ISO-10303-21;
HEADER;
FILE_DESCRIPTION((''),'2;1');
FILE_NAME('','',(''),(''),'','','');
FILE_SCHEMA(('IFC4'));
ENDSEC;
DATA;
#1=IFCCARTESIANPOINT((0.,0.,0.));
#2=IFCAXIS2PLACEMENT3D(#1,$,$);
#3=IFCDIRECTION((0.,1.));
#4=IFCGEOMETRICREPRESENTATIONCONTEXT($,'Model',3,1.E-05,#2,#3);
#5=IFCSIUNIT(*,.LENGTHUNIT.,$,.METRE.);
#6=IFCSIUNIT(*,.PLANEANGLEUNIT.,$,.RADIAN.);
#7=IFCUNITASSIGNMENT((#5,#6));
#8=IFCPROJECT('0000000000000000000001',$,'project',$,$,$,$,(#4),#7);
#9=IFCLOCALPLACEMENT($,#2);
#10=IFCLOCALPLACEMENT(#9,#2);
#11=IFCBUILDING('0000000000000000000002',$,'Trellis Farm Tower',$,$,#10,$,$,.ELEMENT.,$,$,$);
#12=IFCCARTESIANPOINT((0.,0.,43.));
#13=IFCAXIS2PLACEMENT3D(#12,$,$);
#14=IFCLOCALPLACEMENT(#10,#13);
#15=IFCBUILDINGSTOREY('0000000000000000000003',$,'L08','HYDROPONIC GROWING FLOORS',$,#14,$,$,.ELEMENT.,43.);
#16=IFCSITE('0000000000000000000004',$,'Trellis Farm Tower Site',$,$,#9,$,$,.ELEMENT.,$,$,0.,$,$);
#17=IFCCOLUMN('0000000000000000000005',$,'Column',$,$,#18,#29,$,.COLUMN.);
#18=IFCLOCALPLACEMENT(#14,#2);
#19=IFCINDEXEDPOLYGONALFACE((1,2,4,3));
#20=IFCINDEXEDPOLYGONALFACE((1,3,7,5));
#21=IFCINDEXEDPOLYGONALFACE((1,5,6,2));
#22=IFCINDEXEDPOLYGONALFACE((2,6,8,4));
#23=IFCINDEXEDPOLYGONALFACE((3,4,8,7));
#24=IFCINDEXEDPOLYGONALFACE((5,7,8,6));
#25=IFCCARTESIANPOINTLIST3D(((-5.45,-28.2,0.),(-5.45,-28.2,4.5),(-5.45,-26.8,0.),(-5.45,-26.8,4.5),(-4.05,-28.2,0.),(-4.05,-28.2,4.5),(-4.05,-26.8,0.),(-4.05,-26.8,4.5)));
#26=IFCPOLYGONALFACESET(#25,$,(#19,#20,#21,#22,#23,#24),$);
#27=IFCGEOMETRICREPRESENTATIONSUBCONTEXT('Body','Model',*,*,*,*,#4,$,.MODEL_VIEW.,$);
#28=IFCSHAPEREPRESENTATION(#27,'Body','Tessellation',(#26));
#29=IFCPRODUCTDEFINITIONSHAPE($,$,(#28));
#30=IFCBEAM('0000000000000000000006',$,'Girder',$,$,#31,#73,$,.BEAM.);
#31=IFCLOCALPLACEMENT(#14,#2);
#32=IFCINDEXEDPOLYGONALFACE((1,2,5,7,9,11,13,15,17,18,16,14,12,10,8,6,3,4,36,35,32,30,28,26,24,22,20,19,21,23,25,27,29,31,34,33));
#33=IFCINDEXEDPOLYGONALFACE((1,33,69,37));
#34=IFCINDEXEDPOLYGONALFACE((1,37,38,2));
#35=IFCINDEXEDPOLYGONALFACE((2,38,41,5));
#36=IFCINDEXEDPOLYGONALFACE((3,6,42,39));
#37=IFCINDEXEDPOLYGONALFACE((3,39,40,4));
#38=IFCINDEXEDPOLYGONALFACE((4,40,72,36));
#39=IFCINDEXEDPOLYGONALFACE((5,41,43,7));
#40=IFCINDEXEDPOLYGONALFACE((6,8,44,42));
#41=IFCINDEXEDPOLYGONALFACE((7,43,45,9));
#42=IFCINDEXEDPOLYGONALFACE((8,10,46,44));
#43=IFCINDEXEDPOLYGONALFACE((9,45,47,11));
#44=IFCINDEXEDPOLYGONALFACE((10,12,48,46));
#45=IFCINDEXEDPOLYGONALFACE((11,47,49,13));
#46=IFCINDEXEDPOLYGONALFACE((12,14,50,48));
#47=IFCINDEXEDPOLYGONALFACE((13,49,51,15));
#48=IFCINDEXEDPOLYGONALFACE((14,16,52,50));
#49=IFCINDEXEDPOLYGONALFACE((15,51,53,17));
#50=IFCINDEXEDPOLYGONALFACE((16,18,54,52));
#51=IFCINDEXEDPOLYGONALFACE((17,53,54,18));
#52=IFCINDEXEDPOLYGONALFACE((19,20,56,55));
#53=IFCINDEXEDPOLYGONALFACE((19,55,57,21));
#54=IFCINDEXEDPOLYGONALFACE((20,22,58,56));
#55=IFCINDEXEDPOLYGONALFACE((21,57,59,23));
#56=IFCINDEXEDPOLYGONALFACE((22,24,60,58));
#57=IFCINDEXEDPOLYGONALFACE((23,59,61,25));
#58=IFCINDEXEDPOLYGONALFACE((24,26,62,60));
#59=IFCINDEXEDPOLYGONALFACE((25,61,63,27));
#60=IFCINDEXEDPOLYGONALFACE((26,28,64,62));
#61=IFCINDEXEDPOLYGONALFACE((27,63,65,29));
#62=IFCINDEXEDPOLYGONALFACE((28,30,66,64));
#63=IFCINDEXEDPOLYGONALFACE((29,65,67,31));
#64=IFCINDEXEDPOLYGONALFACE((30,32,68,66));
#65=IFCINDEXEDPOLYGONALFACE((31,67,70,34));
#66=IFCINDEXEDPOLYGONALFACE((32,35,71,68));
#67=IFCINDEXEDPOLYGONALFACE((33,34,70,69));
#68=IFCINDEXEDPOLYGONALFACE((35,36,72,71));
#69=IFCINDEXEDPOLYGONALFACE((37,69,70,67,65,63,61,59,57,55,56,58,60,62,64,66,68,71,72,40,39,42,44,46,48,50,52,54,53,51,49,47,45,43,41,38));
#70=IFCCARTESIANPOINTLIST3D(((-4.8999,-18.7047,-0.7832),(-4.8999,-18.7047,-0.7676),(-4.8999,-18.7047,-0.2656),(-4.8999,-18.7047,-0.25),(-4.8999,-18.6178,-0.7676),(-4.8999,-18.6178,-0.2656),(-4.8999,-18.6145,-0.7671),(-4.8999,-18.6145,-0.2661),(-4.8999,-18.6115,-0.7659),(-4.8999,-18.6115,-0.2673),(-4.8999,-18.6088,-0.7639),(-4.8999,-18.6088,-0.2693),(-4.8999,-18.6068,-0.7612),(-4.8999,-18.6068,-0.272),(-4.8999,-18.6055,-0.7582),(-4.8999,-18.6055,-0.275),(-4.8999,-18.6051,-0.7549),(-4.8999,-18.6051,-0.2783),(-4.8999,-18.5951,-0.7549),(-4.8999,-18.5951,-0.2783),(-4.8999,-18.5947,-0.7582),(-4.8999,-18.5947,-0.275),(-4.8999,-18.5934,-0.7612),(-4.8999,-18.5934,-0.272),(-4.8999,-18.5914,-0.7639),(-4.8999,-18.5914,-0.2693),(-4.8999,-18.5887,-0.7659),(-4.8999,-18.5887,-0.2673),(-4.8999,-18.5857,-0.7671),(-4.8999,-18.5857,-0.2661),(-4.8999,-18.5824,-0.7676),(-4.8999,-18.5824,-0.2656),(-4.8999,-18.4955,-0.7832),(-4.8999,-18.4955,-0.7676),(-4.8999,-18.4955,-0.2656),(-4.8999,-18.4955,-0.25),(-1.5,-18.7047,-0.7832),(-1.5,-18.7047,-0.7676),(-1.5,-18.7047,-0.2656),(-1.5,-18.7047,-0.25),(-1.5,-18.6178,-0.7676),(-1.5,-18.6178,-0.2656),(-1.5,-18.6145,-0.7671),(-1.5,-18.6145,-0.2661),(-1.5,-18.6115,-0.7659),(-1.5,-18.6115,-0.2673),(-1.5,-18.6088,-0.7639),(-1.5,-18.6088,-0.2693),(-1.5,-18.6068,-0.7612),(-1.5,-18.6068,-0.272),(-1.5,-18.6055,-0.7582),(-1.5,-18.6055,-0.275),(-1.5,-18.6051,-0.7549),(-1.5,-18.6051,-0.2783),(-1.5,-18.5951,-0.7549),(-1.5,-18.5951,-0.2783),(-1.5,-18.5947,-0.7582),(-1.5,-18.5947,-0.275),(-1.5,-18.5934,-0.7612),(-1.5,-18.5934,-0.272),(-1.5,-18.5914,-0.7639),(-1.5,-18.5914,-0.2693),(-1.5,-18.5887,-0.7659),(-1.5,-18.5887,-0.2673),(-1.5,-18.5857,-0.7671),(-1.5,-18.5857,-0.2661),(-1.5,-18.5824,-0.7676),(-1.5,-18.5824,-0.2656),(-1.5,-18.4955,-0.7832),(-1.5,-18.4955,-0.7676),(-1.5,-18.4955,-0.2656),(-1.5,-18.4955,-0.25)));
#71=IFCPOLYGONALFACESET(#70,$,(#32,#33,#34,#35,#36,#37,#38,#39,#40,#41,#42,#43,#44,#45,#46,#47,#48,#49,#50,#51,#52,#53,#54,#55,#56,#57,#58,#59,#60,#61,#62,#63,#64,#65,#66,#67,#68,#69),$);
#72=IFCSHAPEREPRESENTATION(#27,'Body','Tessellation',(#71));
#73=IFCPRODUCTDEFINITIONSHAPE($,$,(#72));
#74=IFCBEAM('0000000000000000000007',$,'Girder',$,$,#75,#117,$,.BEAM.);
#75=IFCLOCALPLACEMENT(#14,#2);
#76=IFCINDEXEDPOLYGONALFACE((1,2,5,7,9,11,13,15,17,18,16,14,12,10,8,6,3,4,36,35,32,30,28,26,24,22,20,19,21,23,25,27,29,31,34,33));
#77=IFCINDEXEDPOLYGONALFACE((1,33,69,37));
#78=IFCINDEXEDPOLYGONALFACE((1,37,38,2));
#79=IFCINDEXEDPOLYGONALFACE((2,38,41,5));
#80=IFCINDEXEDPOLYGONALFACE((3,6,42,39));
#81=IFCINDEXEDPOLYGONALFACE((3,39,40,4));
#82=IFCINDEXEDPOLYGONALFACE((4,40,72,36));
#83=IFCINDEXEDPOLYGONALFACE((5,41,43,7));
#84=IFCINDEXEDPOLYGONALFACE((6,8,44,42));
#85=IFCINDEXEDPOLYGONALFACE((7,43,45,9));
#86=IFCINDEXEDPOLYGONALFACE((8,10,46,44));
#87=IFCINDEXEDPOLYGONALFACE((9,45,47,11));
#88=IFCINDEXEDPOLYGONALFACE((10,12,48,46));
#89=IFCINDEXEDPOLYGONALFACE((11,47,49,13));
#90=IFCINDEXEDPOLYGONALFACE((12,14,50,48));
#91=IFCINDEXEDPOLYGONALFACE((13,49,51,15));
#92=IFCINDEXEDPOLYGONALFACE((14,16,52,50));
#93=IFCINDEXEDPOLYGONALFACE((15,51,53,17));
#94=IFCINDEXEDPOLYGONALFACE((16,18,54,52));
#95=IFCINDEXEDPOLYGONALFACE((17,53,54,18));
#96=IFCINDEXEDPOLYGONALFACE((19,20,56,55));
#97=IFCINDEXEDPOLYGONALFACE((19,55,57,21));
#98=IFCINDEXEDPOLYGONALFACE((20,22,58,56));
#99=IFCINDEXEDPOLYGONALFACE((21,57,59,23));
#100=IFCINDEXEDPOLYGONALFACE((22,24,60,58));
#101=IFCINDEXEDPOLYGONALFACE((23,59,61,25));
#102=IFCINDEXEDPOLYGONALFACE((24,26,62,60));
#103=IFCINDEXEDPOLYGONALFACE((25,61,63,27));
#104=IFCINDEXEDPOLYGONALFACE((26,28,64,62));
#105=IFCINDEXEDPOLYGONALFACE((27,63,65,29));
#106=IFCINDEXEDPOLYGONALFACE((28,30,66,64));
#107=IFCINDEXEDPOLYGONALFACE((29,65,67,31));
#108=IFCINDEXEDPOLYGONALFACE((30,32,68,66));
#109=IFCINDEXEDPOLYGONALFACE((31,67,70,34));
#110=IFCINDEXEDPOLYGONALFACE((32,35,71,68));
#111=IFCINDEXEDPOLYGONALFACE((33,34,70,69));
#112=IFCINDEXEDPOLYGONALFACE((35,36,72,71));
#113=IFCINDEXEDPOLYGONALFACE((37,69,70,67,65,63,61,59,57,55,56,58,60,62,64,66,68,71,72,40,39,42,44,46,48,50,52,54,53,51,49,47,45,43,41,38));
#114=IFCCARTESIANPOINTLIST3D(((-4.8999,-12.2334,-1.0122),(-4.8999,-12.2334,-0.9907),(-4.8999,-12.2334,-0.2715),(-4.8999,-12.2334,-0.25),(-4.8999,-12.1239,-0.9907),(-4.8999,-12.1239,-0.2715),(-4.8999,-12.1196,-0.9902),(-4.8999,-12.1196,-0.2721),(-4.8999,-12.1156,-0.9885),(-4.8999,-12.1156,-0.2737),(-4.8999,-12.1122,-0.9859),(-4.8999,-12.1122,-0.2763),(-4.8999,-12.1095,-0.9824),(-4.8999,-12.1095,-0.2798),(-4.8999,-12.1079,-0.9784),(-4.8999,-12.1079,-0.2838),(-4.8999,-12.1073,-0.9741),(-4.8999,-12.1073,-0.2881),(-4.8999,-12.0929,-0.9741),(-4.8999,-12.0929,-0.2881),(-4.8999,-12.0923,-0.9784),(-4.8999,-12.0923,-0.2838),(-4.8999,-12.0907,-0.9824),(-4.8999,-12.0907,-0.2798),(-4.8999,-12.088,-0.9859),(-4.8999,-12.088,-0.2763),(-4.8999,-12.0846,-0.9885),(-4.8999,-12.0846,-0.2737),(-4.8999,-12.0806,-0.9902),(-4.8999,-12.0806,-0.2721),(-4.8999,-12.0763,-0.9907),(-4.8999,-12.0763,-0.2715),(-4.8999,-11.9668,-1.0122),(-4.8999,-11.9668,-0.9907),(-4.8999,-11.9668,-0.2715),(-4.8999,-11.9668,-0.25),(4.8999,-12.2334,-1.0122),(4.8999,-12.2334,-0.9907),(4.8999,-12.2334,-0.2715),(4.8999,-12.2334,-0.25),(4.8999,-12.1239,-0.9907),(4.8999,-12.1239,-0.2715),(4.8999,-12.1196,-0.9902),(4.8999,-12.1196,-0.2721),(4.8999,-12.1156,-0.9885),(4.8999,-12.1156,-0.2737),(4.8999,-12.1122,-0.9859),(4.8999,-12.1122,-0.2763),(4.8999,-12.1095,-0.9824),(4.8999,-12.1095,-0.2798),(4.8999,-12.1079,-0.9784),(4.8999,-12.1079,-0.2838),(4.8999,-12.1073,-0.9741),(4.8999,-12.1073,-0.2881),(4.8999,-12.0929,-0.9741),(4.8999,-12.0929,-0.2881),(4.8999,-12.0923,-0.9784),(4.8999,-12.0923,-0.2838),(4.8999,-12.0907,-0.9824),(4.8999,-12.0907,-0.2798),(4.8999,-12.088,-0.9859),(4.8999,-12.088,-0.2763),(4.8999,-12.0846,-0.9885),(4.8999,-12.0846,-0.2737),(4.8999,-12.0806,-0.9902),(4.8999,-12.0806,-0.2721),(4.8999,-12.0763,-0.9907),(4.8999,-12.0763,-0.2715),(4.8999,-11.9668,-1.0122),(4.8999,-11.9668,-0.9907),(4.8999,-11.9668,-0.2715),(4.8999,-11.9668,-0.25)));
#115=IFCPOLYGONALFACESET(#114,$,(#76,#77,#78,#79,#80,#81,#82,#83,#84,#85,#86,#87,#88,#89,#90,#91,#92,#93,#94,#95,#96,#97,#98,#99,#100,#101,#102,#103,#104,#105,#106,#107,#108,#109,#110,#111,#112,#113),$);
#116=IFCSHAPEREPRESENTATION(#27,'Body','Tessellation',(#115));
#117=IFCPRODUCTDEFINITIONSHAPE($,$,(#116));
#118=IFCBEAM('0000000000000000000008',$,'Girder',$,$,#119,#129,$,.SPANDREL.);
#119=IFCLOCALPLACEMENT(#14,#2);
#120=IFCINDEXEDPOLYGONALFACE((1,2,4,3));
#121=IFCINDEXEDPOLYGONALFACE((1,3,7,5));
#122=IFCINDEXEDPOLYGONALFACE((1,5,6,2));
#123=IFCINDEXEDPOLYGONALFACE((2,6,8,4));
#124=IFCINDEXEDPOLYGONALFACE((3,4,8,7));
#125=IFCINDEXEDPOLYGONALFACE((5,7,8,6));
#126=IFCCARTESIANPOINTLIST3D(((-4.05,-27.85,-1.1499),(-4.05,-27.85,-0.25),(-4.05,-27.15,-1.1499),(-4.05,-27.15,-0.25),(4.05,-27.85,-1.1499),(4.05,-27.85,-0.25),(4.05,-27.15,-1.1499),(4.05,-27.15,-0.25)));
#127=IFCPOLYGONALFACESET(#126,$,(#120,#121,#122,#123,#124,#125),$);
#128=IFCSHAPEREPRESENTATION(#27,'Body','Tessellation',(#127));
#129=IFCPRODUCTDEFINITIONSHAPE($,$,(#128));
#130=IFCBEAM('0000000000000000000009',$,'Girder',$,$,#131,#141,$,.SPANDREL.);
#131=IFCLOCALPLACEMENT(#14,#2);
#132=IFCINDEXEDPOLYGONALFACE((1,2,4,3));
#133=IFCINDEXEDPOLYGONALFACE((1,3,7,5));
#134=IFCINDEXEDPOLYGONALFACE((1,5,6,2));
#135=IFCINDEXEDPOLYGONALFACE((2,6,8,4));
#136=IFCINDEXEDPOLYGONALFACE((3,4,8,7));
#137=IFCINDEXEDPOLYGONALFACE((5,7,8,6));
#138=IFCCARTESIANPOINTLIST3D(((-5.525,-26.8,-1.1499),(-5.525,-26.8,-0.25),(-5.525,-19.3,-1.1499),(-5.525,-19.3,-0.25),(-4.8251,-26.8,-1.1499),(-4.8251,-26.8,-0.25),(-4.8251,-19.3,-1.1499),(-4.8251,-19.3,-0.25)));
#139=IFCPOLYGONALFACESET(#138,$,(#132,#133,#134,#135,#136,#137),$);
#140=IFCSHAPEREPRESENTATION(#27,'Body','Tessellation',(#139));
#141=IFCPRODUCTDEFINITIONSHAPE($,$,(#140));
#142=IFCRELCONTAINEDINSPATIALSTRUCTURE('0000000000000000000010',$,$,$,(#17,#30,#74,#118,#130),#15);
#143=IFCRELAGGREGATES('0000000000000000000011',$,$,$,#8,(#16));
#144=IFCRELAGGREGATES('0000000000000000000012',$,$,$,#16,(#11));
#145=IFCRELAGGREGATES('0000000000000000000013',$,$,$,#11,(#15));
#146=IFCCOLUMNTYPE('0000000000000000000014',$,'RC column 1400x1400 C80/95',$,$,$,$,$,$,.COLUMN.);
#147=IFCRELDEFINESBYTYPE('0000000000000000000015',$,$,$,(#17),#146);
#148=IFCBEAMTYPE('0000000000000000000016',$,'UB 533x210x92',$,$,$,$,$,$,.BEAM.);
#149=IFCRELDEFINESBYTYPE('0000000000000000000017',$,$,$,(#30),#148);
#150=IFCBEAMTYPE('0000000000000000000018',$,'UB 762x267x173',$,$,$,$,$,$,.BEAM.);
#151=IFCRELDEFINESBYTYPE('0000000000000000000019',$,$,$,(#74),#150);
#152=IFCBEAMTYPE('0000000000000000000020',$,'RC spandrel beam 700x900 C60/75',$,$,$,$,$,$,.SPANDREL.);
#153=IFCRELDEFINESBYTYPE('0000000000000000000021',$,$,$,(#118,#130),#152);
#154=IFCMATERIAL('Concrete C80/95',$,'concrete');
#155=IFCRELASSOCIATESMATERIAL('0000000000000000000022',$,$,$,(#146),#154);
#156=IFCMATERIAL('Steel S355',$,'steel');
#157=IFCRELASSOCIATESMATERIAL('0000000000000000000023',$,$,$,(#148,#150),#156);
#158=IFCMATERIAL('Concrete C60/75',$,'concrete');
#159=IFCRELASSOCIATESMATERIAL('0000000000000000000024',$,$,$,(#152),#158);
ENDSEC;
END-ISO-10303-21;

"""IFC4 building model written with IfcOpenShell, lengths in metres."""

from ifc_helpers import new_model, si_unit, direction, frame, origin, origin_2d, place, context, subcontext, project, spatial, rectangle, i_section, extrude, source, transform, mapped, material, material_profile, profile_set, type_object, element, save


model = new_model("IFC4")

# Units and contexts
model_context = context("Model", 3, precision=1e-05, world=origin(), true_north=direction((0.0, 1.0)))
body_context = subcontext(model_context, "Body", "Model", "MODEL_VIEW")
ifc_project = project(units=[si_unit("LENGTHUNIT", "METRE"), si_unit("PLANEANGLEUNIT", "RADIAN")], contexts=[model_context])

# Site, building, storey
site_placement = place(None, origin())
site = spatial("IfcSite", under=ifc_project, at=site_placement, Name="Trellis Farm Tower Site", CompositionType="ELEMENT", RefElevation=0.0)
building_placement = place(site_placement, origin())
building = spatial("IfcBuilding", under=site, at=building_placement, Name="Trellis Farm Tower", CompositionType="ELEMENT")
storey_placement = place(building_placement, frame((0.0, 0.0, 43.0)))
storey = spatial("IfcBuildingStorey", under=building, at=storey_placement, Name="L08", Description="HYDROPONIC GROWING FLOORS", CompositionType="ELEMENT", Elevation=43.0)

# Column
ifc_material_1 = material(Name="Concrete C80/95", Category="concrete")
ifc_material_profile_1 = material_profile(ifc_material_1, rectangle(XDim=1.3999, YDim=1.3999, at=origin_2d()), Name="RC column 1400x1400 C80/95")
ifc_profile_set_1 = profile_set([ifc_material_profile_1], Name="Concrete C80/95")
column_type = type_object("IfcColumnType", Name="RC column 1400x1400 C80/95", PredefinedType="COLUMN", material=ifc_profile_set_1)
shared_shape_1 = source(origin(), body_context, "Body", "SweptSolid", [
    extrude(rectangle(XDim=1.3999, YDim=1.3999, at=origin_2d()), origin(), (0.0, 0.0, 1.0), 4.5),
])
column_placement = place(storey_placement, frame((-4.75, -27.5, 0.0), z_axis=(0.0, 0.0, 1.0), x_axis=(1.0, 0.0, 0.0)))
element("IfcColumn", 1, at=column_placement, inside=storey, type_object=column_type, Name="Column", PredefinedType="COLUMN", context=body_context, shape_type="MappedRepresentation", body=[
    mapped(shared_shape_1, transform((0.0, 0.0, 0.0))),
])

# Beams
ifc_material_2 = material(Name="Steel S355", Category="steel")
ifc_material_profile_2 = material_profile(ifc_material_2, i_section(OverallWidth=0.2092, OverallDepth=0.5332, WebThickness=0.01, FlangeThickness=0.0156, FilletRadius=0.0127, at=origin_2d()), Name="UB 533x210x92")
ifc_profile_set_2 = profile_set([ifc_material_profile_2], Name="Steel S355")
beam_type_1 = type_object("IfcBeamType", Name="UB 533x210x92", PredefinedType="BEAM", material=ifc_profile_set_2)
shared_shape_2 = source(origin(), body_context, "Body", "SweptSolid", [
    extrude(i_section(OverallWidth=0.2092, OverallDepth=0.5332, WebThickness=0.01, FlangeThickness=0.0156, FilletRadius=0.0127, at=origin_2d()), origin(), (0.0, 0.0, 1.0), 3.3999),
])
beam_1_placement = place(storey_placement, frame((-4.8999, -18.6001, -0.5166), z_axis=(1.0, 0.0, 0.0), x_axis=(0.0, 1.0, 0.0)))
element("IfcBeam", 2, at=beam_1_placement, inside=storey, type_object=beam_type_1, Name="Girder", PredefinedType="BEAM", context=body_context, shape_type="MappedRepresentation", body=[
    mapped(shared_shape_2, transform((0.0, 0.0, 0.0))),
])
ifc_material_profile_3 = material_profile(ifc_material_2, i_section(OverallWidth=0.2666, OverallDepth=0.7622, WebThickness=0.0144, FlangeThickness=0.0215, FilletRadius=0.0166, at=origin_2d()), Name="UB 762x267x173")
ifc_profile_set_3 = profile_set([ifc_material_profile_3], Name="Steel S355")
beam_type_2 = type_object("IfcBeamType", Name="UB 762x267x173", PredefinedType="BEAM", material=ifc_profile_set_3)
shared_shape_3 = source(origin(), body_context, "Body", "SweptSolid", [
    extrude(i_section(OverallWidth=0.2666, OverallDepth=0.7622, WebThickness=0.0144, FlangeThickness=0.0215, FilletRadius=0.0166, at=origin_2d()), origin(), (0.0, 0.0, 1.0), 9.7998),
])
beam_2_placement = place(storey_placement, frame((-4.8999, -12.1001, -0.6311), z_axis=(1.0, 0.0, 0.0), x_axis=(0.0, 1.0, 0.0)))
element("IfcBeam", 3, at=beam_2_placement, inside=storey, type_object=beam_type_2, Name="Girder", PredefinedType="BEAM", context=body_context, shape_type="MappedRepresentation", body=[
    mapped(shared_shape_3, transform((0.0, 0.0, 0.0))),
])
ifc_material_3 = material(Name="Concrete C60/75", Category="concrete")
ifc_material_profile_4 = material_profile(ifc_material_3, rectangle(XDim=0.7, YDim=0.8999, at=origin_2d()), Name="RC spandrel beam 700x900 C60/75")
ifc_profile_set_4 = profile_set([ifc_material_profile_4], Name="Concrete C60/75")
beam_type_3 = type_object("IfcBeamType", Name="RC spandrel beam 700x900 C60/75", PredefinedType="SPANDREL", material=ifc_profile_set_4)
shared_shape_4 = source(origin(), body_context, "Body", "SweptSolid", [
    extrude(rectangle(XDim=0.7, YDim=0.8999, at=origin_2d()), origin(), (0.0, 0.0, 1.0), 8.1001),
])
beam_3_placement = place(storey_placement, frame((-4.05, -27.5, -0.7), z_axis=(1.0, 0.0, 0.0), x_axis=(0.0, 1.0, 0.0)))
element("IfcBeam", 4, at=beam_3_placement, inside=storey, type_object=beam_type_3, Name="Girder", PredefinedType="SPANDREL", context=body_context, shape_type="MappedRepresentation", body=[
    mapped(shared_shape_4, transform((0.0, 0.0, 0.0))),
])
shared_shape_5 = source(origin(), body_context, "Body", "SweptSolid", [
    extrude(rectangle(XDim=0.7, YDim=0.8999, at=origin_2d()), origin(), (0.0, 0.0, 1.0), 7.5),
])
beam_4_placement = place(storey_placement, frame((-5.175, -26.8, -0.7), z_axis=(0.0, 1.0, 0.0), x_axis=(-1.0, 0.0, 0.0)))
element("IfcBeam", 5, at=beam_4_placement, inside=storey, type_object=beam_type_3, Name="Girder", PredefinedType="SPANDREL", context=body_context, shape_type="MappedRepresentation", body=[
    mapped(shared_shape_5, transform((0.0, 0.0, 0.0))),
])

save(model, "model.ifc")
